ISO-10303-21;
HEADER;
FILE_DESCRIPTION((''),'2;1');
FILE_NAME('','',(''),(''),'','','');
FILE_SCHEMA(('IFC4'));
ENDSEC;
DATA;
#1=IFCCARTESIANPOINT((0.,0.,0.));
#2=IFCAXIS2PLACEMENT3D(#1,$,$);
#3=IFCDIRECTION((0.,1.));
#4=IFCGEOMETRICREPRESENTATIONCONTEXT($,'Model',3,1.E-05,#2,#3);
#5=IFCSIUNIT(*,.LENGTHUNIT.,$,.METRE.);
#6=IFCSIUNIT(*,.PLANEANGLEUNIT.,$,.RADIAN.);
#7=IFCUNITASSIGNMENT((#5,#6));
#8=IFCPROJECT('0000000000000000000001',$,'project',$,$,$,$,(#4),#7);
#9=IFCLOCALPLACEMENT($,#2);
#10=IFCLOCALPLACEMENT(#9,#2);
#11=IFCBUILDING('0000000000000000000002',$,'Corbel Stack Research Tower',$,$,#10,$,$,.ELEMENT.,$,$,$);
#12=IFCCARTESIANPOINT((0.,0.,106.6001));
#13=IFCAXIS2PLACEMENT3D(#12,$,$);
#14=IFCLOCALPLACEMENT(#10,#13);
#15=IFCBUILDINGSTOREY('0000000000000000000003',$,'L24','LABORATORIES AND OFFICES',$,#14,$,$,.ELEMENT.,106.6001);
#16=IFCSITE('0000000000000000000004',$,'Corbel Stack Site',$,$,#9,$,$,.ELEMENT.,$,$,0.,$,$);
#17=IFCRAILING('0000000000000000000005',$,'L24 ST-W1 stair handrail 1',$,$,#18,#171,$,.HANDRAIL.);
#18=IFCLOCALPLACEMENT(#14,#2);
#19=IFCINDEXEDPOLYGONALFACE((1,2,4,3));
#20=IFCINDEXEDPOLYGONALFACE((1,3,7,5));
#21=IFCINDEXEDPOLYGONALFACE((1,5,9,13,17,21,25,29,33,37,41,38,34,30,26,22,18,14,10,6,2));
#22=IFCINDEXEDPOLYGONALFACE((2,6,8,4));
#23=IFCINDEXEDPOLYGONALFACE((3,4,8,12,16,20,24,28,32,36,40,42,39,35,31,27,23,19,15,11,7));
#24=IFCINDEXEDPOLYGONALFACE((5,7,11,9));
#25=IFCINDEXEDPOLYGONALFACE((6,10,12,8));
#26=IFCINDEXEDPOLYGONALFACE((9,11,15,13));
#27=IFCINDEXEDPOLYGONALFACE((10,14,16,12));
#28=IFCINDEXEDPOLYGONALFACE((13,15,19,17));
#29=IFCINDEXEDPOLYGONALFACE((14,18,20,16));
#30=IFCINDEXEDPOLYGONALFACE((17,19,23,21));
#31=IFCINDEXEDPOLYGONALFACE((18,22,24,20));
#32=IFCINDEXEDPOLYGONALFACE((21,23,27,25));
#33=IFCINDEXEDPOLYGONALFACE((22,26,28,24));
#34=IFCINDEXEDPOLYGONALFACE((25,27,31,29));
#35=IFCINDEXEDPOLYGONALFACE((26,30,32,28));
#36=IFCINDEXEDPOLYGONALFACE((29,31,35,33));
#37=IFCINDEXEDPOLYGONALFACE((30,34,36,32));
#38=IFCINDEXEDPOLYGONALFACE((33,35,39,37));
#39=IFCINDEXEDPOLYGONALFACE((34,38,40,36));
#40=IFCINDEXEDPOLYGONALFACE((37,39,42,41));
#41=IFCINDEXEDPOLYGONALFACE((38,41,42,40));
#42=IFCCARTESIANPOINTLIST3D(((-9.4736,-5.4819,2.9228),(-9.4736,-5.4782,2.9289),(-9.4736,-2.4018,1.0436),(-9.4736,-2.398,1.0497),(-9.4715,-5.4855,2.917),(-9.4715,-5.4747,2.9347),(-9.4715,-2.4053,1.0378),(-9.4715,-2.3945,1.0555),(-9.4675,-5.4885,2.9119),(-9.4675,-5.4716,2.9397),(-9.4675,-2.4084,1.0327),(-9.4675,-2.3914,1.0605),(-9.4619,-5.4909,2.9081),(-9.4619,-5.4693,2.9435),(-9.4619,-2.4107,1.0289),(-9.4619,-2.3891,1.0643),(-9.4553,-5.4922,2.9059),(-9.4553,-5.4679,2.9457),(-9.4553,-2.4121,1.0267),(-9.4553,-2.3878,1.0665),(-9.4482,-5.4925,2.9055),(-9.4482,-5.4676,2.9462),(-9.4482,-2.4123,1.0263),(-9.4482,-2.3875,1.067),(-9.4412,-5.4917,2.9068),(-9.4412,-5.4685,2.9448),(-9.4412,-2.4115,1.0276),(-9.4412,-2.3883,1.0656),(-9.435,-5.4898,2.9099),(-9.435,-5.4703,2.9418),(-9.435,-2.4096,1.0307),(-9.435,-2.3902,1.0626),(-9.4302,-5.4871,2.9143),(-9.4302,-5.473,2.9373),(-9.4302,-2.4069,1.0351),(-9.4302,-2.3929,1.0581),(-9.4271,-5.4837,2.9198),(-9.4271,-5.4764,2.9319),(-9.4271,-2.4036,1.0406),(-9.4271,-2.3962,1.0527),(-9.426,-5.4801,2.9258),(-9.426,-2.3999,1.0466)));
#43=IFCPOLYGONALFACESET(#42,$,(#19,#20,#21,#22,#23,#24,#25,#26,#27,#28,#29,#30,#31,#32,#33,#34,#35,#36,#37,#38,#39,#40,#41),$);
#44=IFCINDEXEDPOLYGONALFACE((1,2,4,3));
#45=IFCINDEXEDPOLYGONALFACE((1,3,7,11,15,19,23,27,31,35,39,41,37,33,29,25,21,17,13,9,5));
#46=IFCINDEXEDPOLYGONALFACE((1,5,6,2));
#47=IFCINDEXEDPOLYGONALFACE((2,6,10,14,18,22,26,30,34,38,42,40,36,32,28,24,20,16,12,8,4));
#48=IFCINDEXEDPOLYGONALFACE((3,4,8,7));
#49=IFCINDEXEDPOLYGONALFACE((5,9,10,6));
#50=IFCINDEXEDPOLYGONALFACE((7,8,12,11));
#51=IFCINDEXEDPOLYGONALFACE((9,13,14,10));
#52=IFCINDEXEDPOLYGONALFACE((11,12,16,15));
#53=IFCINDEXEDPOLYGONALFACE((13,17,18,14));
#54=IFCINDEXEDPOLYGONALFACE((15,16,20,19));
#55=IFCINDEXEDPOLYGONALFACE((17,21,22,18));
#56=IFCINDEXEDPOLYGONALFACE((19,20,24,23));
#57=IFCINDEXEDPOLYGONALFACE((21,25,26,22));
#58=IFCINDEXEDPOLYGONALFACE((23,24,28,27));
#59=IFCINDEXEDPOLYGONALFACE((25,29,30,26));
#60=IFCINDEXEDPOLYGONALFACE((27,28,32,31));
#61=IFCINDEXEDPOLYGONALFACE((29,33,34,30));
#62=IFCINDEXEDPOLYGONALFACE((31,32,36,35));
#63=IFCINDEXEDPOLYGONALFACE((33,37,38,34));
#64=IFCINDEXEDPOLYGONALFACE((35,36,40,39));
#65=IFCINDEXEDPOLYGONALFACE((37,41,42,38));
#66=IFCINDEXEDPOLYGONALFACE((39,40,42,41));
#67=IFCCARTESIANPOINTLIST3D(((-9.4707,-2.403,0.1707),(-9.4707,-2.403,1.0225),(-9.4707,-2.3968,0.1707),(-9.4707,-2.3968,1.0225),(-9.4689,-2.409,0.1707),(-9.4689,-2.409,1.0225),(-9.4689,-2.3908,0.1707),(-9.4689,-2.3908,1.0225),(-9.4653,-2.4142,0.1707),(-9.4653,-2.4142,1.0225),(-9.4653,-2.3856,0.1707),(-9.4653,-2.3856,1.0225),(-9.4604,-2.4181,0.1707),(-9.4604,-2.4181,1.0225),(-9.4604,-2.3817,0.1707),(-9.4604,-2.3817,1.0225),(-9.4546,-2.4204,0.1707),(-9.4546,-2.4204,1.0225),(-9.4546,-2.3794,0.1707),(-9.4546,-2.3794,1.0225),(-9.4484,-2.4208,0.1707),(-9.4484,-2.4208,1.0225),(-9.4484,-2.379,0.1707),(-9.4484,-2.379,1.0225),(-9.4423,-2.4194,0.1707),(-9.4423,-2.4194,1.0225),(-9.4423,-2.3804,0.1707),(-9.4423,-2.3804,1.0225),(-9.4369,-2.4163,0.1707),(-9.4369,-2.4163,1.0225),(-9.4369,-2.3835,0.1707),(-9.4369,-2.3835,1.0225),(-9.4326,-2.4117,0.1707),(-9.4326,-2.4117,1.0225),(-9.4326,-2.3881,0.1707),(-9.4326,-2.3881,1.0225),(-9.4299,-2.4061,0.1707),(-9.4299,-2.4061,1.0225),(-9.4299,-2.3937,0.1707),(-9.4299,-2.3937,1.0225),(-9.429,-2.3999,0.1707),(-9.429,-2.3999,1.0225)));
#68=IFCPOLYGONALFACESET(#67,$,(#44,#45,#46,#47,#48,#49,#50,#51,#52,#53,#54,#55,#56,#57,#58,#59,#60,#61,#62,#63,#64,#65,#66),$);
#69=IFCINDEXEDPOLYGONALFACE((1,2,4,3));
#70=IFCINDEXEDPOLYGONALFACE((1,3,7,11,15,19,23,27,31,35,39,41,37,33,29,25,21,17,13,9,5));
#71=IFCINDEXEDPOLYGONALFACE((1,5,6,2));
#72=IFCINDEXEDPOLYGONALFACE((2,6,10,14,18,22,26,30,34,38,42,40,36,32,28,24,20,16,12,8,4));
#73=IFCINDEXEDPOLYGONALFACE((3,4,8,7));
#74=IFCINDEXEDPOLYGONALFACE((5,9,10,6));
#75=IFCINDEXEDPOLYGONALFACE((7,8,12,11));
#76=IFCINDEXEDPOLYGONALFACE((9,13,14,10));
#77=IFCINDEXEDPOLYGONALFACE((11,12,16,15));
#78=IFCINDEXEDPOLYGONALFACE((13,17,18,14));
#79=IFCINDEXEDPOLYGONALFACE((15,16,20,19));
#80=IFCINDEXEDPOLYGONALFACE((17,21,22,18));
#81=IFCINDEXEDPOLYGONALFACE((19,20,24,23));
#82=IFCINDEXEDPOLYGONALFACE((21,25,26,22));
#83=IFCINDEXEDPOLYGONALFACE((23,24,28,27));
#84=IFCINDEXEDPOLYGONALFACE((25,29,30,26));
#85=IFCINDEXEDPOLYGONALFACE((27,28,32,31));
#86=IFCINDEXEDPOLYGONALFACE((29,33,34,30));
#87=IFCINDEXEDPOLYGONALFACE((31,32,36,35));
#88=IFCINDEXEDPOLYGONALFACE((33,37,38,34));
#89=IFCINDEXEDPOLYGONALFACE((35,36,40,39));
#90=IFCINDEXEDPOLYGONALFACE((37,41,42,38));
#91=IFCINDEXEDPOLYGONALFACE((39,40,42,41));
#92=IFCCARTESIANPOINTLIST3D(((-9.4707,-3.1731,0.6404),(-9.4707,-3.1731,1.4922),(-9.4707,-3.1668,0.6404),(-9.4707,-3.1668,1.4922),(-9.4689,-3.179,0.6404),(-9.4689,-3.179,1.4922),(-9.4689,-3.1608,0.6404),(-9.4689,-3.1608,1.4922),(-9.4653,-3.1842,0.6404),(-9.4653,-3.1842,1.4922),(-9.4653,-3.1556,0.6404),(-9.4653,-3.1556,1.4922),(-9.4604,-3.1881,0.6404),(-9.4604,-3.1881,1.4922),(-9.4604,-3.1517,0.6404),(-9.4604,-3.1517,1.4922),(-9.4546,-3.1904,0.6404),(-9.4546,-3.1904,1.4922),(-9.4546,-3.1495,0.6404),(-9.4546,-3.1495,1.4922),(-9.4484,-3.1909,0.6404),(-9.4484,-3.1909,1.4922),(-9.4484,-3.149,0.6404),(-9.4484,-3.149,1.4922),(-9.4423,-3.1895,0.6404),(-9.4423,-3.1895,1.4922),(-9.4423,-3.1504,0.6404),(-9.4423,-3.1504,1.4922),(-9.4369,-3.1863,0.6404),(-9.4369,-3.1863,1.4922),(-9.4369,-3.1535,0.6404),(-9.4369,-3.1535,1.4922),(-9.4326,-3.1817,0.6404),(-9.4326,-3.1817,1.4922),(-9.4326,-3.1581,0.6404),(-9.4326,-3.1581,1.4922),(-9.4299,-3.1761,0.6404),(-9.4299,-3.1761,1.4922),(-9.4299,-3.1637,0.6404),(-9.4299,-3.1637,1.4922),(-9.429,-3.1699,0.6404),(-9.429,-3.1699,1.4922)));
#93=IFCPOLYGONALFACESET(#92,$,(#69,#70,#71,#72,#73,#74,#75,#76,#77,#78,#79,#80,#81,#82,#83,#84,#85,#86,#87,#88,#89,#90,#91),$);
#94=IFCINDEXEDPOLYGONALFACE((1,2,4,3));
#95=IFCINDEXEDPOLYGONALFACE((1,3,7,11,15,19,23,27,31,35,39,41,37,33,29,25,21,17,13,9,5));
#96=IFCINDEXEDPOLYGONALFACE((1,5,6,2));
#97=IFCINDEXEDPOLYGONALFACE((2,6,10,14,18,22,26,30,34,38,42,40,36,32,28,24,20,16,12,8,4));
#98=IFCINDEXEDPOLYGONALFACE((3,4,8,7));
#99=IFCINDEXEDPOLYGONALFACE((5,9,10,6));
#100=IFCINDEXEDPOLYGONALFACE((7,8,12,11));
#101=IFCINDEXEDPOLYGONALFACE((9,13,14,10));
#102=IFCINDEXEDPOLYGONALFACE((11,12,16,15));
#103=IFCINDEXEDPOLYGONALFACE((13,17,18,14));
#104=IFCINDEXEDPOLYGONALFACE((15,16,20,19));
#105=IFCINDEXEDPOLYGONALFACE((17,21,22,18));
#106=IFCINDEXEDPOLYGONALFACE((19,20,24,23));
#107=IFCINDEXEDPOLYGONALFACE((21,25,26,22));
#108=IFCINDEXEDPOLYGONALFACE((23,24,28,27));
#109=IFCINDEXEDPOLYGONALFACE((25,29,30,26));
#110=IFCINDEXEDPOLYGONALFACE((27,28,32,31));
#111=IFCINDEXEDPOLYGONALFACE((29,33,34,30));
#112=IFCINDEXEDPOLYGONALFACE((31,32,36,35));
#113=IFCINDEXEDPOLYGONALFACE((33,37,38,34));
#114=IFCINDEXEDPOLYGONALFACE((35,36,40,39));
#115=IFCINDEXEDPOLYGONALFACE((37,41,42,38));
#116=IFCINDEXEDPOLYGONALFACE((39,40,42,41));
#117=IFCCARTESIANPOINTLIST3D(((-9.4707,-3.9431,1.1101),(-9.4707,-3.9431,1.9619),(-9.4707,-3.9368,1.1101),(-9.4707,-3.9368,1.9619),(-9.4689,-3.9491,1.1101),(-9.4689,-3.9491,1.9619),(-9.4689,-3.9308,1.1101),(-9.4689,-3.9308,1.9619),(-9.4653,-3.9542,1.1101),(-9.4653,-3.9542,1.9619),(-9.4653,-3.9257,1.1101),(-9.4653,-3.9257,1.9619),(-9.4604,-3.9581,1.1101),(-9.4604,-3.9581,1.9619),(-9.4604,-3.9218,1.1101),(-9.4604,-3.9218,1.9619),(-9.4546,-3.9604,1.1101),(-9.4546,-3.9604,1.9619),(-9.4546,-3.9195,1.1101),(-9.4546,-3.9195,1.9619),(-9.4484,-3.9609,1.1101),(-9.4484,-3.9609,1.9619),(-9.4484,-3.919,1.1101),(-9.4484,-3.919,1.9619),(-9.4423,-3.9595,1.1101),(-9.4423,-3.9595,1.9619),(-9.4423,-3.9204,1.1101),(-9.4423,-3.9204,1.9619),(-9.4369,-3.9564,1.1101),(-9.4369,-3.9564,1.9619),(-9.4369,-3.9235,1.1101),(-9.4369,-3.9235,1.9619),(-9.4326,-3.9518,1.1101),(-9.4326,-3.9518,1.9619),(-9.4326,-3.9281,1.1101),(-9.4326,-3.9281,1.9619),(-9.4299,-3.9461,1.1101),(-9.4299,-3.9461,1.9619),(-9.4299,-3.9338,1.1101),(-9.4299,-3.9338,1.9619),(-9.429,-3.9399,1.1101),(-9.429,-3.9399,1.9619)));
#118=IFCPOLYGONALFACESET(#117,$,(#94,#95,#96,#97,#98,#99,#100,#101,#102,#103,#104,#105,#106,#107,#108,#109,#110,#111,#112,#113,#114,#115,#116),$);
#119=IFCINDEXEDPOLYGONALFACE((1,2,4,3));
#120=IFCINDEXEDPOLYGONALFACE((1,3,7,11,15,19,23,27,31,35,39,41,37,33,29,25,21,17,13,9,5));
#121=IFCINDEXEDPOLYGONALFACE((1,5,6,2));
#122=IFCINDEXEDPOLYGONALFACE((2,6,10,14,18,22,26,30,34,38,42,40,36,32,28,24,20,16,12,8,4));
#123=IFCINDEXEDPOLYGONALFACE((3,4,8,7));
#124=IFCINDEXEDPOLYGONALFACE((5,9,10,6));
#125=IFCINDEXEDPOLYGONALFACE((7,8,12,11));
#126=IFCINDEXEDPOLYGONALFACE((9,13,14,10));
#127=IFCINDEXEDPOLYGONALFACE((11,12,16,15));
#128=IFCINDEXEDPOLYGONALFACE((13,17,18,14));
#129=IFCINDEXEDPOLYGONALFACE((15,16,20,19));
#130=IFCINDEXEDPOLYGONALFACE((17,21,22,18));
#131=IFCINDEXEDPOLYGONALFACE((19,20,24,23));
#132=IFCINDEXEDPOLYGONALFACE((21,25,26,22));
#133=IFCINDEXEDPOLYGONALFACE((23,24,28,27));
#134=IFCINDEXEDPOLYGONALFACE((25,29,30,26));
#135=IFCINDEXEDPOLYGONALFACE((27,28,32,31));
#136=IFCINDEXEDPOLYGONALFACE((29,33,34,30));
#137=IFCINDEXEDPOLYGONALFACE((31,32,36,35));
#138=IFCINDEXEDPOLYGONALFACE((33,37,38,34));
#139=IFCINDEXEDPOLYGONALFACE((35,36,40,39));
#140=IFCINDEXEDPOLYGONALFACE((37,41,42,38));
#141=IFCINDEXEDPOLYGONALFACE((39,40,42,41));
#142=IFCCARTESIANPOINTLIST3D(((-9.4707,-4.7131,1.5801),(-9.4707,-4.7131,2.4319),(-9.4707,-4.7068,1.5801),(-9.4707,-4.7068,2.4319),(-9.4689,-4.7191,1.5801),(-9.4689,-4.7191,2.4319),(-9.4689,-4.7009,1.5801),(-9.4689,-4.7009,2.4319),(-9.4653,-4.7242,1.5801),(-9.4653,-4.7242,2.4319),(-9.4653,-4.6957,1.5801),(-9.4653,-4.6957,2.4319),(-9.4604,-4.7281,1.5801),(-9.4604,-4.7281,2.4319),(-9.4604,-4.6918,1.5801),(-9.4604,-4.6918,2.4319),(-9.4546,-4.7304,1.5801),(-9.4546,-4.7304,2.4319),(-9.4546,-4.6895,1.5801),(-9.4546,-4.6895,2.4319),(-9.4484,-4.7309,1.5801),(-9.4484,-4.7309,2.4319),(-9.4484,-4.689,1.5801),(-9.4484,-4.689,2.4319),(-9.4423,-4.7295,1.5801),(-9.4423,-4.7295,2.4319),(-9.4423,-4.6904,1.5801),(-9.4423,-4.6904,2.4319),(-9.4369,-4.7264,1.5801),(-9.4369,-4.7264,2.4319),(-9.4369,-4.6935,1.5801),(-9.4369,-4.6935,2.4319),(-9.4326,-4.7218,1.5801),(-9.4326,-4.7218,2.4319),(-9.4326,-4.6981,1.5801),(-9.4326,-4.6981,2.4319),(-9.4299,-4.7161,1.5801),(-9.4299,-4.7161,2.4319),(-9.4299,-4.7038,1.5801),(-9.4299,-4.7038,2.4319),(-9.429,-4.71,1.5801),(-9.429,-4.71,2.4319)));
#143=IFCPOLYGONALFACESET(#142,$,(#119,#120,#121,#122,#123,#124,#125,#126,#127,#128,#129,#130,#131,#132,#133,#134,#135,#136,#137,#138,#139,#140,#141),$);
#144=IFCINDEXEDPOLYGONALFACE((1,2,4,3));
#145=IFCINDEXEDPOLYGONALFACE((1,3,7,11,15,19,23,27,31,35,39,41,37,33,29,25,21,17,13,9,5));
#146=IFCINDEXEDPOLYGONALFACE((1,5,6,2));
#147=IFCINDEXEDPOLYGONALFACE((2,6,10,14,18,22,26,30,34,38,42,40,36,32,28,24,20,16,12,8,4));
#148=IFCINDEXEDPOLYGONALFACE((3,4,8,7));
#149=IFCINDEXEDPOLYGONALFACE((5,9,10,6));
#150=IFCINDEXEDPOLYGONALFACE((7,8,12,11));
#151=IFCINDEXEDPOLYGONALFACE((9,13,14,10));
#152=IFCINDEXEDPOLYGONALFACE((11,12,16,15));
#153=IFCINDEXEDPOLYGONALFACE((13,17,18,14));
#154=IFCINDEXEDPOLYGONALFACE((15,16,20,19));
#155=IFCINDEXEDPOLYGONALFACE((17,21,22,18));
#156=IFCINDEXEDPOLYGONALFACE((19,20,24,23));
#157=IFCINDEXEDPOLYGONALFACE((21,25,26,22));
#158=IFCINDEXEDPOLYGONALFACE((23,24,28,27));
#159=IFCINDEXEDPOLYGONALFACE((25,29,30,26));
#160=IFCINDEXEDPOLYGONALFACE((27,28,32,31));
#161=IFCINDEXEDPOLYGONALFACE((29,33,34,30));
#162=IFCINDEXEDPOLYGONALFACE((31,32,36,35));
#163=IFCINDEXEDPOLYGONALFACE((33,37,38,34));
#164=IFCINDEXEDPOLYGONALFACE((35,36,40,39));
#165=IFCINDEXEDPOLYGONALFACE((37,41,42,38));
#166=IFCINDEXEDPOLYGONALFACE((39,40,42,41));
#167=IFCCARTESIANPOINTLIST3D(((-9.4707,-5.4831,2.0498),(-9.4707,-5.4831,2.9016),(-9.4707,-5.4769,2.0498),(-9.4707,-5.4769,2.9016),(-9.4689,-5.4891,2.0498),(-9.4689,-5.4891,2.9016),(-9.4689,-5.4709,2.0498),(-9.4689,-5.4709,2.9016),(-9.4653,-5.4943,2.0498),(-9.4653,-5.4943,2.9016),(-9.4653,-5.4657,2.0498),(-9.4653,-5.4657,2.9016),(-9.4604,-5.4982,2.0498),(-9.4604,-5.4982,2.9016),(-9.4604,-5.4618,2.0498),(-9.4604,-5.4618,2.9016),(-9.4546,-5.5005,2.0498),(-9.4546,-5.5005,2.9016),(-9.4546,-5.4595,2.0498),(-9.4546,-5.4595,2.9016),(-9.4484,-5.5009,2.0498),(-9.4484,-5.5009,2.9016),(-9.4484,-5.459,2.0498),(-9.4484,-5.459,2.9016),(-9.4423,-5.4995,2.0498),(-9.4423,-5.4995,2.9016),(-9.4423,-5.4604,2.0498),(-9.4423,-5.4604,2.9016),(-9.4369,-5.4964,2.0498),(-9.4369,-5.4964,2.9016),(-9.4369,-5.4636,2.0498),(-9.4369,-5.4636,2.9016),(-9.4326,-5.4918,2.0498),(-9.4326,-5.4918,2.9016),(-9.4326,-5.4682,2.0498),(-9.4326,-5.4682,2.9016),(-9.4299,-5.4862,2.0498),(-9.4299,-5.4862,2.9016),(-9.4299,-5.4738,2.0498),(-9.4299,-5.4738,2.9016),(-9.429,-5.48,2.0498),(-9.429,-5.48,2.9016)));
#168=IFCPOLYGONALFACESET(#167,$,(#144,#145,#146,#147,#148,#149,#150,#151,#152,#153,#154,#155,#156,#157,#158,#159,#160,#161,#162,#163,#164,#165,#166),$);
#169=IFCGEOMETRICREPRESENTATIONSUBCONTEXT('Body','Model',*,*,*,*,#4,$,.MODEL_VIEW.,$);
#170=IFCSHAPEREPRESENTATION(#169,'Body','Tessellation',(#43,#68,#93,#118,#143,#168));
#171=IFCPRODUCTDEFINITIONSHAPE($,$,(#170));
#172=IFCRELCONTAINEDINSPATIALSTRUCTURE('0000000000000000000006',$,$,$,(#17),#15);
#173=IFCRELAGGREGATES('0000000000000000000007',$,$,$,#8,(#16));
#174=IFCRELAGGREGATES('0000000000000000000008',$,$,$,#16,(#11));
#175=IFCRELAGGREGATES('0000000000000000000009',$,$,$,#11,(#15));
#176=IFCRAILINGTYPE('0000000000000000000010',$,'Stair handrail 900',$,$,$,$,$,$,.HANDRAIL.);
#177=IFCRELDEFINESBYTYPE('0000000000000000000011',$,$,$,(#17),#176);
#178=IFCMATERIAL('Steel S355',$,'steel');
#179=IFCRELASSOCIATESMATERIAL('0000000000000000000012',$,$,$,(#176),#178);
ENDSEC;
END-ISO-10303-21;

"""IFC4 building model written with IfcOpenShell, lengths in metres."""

from ifc_helpers import new_model, si_unit, direction, frame, origin, origin_2d, place, context, subcontext, project, spatial, circle, extrude, material, type_object, element, save


model = new_model("IFC4")

# Units and contexts
model_context = context("Model", 3, precision=1e-05, world=origin(), true_north=direction((0.0, 1.0)))
body_context = subcontext(model_context, "Body", "Model", "MODEL_VIEW")
ifc_project = project(units=[si_unit("LENGTHUNIT", "METRE"), si_unit("PLANEANGLEUNIT", "RADIAN")], contexts=[model_context])

# Site, building, storey
site_placement = place(None, origin())
site = spatial("IfcSite", under=ifc_project, at=site_placement, Name="Corbel Stack Site", CompositionType="ELEMENT", RefElevation=0.0)
building_placement = place(site_placement, origin())
building = spatial("IfcBuilding", under=site, at=building_placement, Name="Corbel Stack Research Tower", CompositionType="ELEMENT")
storey_placement = place(building_placement, frame((0.0, 0.0, 106.6001)))
storey = spatial("IfcBuildingStorey", under=building, at=storey_placement, Name="L24", Description="LABORATORIES AND OFFICES", CompositionType="ELEMENT", Elevation=106.6001)

# Railing
ifc_material_1 = material(Name="Steel S355", Category="steel")
railing_type_1 = type_object("IfcRailingType", Name="Stair handrail 900", PredefinedType="HANDRAIL", material=ifc_material_1)
railing_1_placement = place(storey_placement, frame((-9.45, -2.3999, 0.1707)))
element("IfcRailing", 1, at=railing_1_placement, inside=storey, type_object=railing_type_1, Name="L24 ST-W1 stair handrail 1", PredefinedType="HANDRAIL", context=body_context, shape_type="SweptSolid", body=[
    extrude(circle(Radius=0.0239, at=origin_2d()), frame((0.0, 0.0, 0.876), z_axis=(0.0, -0.853666, 0.52082), x_axis=(1.0, 0.0, 0.0)), (0.0, 0.0, 1.0), 3.6082),
    extrude(circle(Radius=0.021, at=origin_2d()), origin(), (0.0, 0.0, 1.0), 0.8518),
    extrude(circle(Radius=0.021, at=origin_2d()), frame((0.0, -0.77, 0.4697)), (0.0, 0.0, 1.0), 0.8518),
    extrude(circle(Radius=0.021, at=origin_2d()), frame((0.0, -1.54, 0.9395)), (0.0, 0.0, 1.0), 0.8518),
    extrude(circle(Radius=0.021, at=origin_2d()), frame((0.0, -2.3101, 1.4094)), (0.0, 0.0, 1.0), 0.8518),
    extrude(circle(Radius=0.021, at=origin_2d()), frame((0.0, -3.0801, 1.8792)), (0.0, 0.0, 1.0), 0.8518),
])

save(model, "model.ifc")
